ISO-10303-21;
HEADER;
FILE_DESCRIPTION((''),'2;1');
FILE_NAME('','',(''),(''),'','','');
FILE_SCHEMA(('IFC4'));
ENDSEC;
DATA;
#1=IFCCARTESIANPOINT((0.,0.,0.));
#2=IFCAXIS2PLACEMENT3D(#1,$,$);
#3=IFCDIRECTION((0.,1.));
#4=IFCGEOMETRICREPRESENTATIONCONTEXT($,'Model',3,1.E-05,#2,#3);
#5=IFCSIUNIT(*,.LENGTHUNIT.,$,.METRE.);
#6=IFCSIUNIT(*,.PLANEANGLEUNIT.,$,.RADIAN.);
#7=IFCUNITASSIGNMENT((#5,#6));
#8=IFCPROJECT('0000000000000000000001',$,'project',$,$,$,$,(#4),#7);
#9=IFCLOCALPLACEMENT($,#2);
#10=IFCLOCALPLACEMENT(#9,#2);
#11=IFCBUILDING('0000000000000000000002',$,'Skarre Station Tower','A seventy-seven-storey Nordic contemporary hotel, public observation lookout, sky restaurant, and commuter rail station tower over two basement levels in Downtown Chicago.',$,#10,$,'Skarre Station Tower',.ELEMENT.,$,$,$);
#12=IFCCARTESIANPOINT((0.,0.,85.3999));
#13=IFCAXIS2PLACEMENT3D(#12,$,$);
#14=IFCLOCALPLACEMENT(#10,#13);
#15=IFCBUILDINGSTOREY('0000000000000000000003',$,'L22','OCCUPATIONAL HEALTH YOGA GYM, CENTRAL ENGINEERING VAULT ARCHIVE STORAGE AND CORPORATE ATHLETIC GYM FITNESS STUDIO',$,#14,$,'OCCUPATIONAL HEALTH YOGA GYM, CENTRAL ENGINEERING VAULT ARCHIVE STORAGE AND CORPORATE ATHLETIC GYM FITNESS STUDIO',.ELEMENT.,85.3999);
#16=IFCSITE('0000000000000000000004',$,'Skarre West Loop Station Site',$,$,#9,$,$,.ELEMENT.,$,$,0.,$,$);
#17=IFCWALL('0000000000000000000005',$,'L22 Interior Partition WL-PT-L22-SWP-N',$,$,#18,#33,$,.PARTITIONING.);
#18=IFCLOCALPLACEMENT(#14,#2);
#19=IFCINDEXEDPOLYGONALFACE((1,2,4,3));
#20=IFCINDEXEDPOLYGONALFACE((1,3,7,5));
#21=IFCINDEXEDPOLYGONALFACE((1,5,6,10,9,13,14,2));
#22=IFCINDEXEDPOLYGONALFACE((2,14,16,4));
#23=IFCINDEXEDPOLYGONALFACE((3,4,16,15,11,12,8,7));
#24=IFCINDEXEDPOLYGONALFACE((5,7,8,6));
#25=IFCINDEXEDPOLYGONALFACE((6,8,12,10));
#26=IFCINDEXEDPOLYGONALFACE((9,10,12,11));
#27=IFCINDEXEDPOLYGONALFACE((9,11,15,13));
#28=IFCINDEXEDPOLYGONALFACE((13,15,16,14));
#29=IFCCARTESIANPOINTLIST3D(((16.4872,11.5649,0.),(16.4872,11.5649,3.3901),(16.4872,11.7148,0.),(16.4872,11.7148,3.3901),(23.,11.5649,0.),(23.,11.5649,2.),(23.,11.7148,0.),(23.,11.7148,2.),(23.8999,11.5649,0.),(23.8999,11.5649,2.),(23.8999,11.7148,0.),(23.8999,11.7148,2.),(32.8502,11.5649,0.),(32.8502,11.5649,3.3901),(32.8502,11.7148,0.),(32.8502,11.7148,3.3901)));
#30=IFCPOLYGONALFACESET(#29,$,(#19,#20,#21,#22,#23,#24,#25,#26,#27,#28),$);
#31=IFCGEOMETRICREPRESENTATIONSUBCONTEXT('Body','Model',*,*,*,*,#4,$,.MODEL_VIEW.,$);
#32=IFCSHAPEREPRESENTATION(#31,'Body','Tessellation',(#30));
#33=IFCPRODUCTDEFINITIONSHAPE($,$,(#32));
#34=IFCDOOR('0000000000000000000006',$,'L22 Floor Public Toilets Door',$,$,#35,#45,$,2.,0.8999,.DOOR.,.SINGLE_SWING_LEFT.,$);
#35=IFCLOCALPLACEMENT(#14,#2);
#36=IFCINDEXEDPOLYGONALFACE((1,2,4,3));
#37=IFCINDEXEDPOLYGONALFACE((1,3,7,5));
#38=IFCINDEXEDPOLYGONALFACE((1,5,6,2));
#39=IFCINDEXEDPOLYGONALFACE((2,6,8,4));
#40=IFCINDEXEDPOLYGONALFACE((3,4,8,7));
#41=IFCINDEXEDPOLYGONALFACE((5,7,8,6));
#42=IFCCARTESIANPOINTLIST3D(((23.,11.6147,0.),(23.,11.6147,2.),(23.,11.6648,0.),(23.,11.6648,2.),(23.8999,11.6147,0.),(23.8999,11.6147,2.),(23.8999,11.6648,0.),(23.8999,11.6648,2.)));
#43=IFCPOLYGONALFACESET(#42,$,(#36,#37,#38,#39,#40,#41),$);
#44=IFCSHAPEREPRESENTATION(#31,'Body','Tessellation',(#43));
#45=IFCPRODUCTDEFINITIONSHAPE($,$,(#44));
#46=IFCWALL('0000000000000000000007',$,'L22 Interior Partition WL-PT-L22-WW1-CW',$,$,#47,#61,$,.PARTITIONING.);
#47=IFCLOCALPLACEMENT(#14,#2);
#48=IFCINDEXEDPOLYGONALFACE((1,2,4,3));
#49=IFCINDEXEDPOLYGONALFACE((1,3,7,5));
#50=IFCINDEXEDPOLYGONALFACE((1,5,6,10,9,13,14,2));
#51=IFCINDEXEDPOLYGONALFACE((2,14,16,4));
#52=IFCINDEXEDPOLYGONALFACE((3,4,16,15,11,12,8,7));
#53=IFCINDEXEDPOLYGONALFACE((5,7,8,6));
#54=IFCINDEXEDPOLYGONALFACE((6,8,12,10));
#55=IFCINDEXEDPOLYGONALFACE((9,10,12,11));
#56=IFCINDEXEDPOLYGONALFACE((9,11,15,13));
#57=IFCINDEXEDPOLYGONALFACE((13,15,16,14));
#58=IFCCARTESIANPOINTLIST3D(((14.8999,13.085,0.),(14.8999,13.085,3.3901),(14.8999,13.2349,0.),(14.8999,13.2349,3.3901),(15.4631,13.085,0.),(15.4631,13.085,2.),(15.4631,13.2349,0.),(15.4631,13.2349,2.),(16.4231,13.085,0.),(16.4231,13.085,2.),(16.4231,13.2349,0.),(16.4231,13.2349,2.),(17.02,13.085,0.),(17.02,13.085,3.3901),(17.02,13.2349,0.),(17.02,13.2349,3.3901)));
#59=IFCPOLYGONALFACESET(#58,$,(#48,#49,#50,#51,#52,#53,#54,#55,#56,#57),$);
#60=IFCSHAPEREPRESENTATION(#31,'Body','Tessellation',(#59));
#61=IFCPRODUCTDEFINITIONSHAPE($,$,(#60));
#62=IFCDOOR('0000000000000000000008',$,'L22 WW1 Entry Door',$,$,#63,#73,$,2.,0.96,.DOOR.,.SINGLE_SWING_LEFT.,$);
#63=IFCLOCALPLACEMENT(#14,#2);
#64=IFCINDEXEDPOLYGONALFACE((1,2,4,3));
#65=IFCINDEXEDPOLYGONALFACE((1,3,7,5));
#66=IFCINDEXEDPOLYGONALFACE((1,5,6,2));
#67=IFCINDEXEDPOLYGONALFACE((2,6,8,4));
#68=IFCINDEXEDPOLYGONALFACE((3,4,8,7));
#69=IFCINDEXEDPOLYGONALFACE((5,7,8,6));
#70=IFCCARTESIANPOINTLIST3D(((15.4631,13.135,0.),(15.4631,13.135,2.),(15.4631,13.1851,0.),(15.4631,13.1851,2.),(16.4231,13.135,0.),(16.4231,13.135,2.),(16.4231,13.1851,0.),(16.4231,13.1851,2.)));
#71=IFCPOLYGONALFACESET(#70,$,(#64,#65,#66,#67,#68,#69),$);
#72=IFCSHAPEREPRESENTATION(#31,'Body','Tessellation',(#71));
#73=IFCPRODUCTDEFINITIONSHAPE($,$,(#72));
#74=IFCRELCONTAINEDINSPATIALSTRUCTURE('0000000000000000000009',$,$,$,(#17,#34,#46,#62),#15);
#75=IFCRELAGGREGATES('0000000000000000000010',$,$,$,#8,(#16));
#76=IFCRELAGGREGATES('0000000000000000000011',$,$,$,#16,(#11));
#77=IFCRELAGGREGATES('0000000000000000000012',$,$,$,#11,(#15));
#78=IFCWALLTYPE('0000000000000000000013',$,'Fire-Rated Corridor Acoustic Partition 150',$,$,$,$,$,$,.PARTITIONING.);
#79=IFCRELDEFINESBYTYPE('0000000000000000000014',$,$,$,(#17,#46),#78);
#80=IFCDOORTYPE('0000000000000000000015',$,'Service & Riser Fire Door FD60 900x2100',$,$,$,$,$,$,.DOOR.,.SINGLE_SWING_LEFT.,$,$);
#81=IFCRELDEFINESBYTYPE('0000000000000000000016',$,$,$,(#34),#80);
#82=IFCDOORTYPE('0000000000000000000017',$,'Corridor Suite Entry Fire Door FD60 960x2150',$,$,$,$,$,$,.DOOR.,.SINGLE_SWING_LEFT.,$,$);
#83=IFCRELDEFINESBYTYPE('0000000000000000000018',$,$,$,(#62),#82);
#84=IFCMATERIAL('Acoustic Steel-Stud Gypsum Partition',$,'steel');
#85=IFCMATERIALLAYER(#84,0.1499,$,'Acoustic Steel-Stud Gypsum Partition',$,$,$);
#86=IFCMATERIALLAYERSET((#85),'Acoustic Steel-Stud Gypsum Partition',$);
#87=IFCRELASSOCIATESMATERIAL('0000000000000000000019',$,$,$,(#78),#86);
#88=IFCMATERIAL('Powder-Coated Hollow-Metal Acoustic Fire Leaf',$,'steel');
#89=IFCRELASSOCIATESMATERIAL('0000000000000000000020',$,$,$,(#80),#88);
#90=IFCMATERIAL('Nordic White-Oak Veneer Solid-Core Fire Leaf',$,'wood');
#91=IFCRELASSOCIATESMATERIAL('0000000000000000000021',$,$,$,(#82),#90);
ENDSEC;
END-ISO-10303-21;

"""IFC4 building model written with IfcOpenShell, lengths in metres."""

from ifc_helpers import new_model, si_unit, direction, frame, frame_2d, origin, place, context, subcontext, project, spatial, rectangle, extrude, material, layer, layer_set, type_object, element, fill, save


model = new_model("IFC4")

# Units and contexts
model_context = context("Model", 3, precision=1e-05, world=origin(), true_north=direction((0.0, 1.0)))
body_context = subcontext(model_context, "Body", "Model", "MODEL_VIEW")
ifc_project = project(units=[si_unit("LENGTHUNIT", "METRE"), si_unit("PLANEANGLEUNIT", "RADIAN")], contexts=[model_context])

# Site, building, storey
site_placement = place(None, origin())
site = spatial("IfcSite", under=ifc_project, at=site_placement, Name="Skarre West Loop Station Site", CompositionType="ELEMENT", RefElevation=0.0)
building_placement = place(site_placement, origin())
building = spatial("IfcBuilding", under=site, at=building_placement, Name="Skarre Station Tower", Description="A seventy-seven-storey Nordic contemporary hotel, public observation lookout, sky restaurant, and commuter rail station tower over two basement levels in Downtown Chicago.", LongName="Skarre Station Tower", CompositionType="ELEMENT")
storey_placement = place(building_placement, frame((0.0, 0.0, 85.3999)))
storey = spatial("IfcBuildingStorey", under=building, at=storey_placement, Name="L22", Description="OCCUPATIONAL HEALTH YOGA GYM, CENTRAL ENGINEERING VAULT ARCHIVE STORAGE AND CORPORATE ATHLETIC GYM FITNESS STUDIO", LongName="OCCUPATIONAL HEALTH YOGA GYM, CENTRAL ENGINEERING VAULT ARCHIVE STORAGE AND CORPORATE ATHLETIC GYM FITNESS STUDIO", CompositionType="ELEMENT", Elevation=85.3999)

# Shared definitions
ifc_material_1 = material(Name="Acoustic Steel-Stud Gypsum Partition", Category="steel")
ifc_layer_1 = layer(ifc_material_1, 0.1499, Name="Acoustic Steel-Stud Gypsum Partition")
ifc_layer_set_1 = layer_set([ifc_layer_1], Name="Acoustic Steel-Stud Gypsum Partition")
wall_type_1 = type_object("IfcWallType", Name="Fire-Rated Corridor Acoustic Partition 150", PredefinedType="PARTITIONING", material=ifc_layer_set_1)

# Walls, openings, doors
wall_1_placement = place(storey_placement, frame((16.4871, 11.6399, 0.0), z_axis=(0.0, 0.0, 1.0), x_axis=(1.0, 0.0, 0.0)))
wall_1 = element("IfcWall", 1, at=wall_1_placement, inside=storey, type_object=wall_type_1, Name="L22 Interior Partition WL-PT-L22-SWP-N", PredefinedType="PARTITIONING", context=body_context, shape_type="SweptSolid", body=[
    extrude(rectangle(XDim=16.363, YDim=0.1499, at=frame_2d((8.1816, 0.0))), origin(), (0.0, 0.0, 1.0), 3.3901),
])
opening_1_placement = place(wall_1_placement, frame((6.5129, 0.0, 0.0)))
opening_1 = element("IfcOpeningElement", 2, at=opening_1_placement, cuts=wall_1, PredefinedType="OPENING", context=body_context, shape_type="SweptSolid", body=[
    extrude(rectangle(XDim=0.8999, YDim=2.0, at=frame_2d((0.45, 1.0))), frame((0.0, 0.085, 0.0), z_axis=(0.0, -1.0, 0.0), x_axis=(1.0, 0.0, 0.0)), (0.0, 0.0, 1.0), 0.1699),
])
ifc_material_2 = material(Name="Powder-Coated Hollow-Metal Acoustic Fire Leaf", Category="steel")
door_type_1 = type_object("IfcDoorType", Name="Service & Riser Fire Door FD60 900x2100", OperationType="SINGLE_SWING_LEFT", PredefinedType="DOOR", material=ifc_material_2)
door_1_placement = place(opening_1_placement, origin())
door_1 = element("IfcDoor", 3, at=door_1_placement, inside=storey, type_object=door_type_1, Name="L22 Floor Public Toilets Door", OperationType="SINGLE_SWING_LEFT", OverallHeight=2.0, OverallWidth=0.8999, PredefinedType="DOOR", context=body_context, shape_type="SweptSolid", body=[
    extrude(rectangle(XDim=0.8999, YDim=2.0, at=frame_2d((0.45, 1.0))), frame((0.0, 0.0249, 0.0), z_axis=(0.0, -1.0, 0.0), x_axis=(1.0, 0.0, 0.0)), (0.0, 0.0, 1.0), 0.05),
])
fill(opening_1, door_1)
wall_2_placement = place(storey_placement, frame((17.02, 13.1599, 0.0), z_axis=(0.0, 0.0, 1.0), x_axis=(-1.0, 0.0, 0.0)))
wall_2 = element("IfcWall", 4, at=wall_2_placement, inside=storey, type_object=wall_type_1, Name="L22 Interior Partition WL-PT-L22-WW1-CW", PredefinedType="PARTITIONING", context=body_context, shape_type="SweptSolid", body=[
    extrude(rectangle(XDim=2.1201, YDim=0.1499, at=frame_2d((1.0601, 0.0))), origin(), (0.0, 0.0, 1.0), 3.3901),
])
opening_2_placement = place(wall_2_placement, frame((0.5969, 0.0, 0.0)))
opening_2 = element("IfcOpeningElement", 5, at=opening_2_placement, cuts=wall_2, PredefinedType="OPENING", context=body_context, shape_type="SweptSolid", body=[
    extrude(rectangle(XDim=0.96, YDim=2.0, at=frame_2d((0.48, 1.0))), frame((0.0, 0.085, 0.0), z_axis=(0.0, -1.0, 0.0), x_axis=(1.0, 0.0, 0.0)), (0.0, 0.0, 1.0), 0.1699),
])
ifc_material_3 = material(Name="Nordic White-Oak Veneer Solid-Core Fire Leaf", Category="wood")
door_type_2 = type_object("IfcDoorType", Name="Corridor Suite Entry Fire Door FD60 960x2150", OperationType="SINGLE_SWING_LEFT", PredefinedType="DOOR", material=ifc_material_3)
door_2_placement = place(opening_2_placement, origin())
door_2 = element("IfcDoor", 6, at=door_2_placement, inside=storey, type_object=door_type_2, Name="L22 WW1 Entry Door", OperationType="SINGLE_SWING_LEFT", OverallHeight=2.0, OverallWidth=0.96, PredefinedType="DOOR", context=body_context, shape_type="SweptSolid", body=[
    extrude(rectangle(XDim=0.96, YDim=2.0, at=frame_2d((0.48, 1.0))), frame((0.0, 0.0249, 0.0), z_axis=(0.0, -1.0, 0.0), x_axis=(1.0, 0.0, 0.0)), (0.0, 0.0, 1.0), 0.05),
])
fill(opening_2, door_2)

save(model, "model.ifc")
